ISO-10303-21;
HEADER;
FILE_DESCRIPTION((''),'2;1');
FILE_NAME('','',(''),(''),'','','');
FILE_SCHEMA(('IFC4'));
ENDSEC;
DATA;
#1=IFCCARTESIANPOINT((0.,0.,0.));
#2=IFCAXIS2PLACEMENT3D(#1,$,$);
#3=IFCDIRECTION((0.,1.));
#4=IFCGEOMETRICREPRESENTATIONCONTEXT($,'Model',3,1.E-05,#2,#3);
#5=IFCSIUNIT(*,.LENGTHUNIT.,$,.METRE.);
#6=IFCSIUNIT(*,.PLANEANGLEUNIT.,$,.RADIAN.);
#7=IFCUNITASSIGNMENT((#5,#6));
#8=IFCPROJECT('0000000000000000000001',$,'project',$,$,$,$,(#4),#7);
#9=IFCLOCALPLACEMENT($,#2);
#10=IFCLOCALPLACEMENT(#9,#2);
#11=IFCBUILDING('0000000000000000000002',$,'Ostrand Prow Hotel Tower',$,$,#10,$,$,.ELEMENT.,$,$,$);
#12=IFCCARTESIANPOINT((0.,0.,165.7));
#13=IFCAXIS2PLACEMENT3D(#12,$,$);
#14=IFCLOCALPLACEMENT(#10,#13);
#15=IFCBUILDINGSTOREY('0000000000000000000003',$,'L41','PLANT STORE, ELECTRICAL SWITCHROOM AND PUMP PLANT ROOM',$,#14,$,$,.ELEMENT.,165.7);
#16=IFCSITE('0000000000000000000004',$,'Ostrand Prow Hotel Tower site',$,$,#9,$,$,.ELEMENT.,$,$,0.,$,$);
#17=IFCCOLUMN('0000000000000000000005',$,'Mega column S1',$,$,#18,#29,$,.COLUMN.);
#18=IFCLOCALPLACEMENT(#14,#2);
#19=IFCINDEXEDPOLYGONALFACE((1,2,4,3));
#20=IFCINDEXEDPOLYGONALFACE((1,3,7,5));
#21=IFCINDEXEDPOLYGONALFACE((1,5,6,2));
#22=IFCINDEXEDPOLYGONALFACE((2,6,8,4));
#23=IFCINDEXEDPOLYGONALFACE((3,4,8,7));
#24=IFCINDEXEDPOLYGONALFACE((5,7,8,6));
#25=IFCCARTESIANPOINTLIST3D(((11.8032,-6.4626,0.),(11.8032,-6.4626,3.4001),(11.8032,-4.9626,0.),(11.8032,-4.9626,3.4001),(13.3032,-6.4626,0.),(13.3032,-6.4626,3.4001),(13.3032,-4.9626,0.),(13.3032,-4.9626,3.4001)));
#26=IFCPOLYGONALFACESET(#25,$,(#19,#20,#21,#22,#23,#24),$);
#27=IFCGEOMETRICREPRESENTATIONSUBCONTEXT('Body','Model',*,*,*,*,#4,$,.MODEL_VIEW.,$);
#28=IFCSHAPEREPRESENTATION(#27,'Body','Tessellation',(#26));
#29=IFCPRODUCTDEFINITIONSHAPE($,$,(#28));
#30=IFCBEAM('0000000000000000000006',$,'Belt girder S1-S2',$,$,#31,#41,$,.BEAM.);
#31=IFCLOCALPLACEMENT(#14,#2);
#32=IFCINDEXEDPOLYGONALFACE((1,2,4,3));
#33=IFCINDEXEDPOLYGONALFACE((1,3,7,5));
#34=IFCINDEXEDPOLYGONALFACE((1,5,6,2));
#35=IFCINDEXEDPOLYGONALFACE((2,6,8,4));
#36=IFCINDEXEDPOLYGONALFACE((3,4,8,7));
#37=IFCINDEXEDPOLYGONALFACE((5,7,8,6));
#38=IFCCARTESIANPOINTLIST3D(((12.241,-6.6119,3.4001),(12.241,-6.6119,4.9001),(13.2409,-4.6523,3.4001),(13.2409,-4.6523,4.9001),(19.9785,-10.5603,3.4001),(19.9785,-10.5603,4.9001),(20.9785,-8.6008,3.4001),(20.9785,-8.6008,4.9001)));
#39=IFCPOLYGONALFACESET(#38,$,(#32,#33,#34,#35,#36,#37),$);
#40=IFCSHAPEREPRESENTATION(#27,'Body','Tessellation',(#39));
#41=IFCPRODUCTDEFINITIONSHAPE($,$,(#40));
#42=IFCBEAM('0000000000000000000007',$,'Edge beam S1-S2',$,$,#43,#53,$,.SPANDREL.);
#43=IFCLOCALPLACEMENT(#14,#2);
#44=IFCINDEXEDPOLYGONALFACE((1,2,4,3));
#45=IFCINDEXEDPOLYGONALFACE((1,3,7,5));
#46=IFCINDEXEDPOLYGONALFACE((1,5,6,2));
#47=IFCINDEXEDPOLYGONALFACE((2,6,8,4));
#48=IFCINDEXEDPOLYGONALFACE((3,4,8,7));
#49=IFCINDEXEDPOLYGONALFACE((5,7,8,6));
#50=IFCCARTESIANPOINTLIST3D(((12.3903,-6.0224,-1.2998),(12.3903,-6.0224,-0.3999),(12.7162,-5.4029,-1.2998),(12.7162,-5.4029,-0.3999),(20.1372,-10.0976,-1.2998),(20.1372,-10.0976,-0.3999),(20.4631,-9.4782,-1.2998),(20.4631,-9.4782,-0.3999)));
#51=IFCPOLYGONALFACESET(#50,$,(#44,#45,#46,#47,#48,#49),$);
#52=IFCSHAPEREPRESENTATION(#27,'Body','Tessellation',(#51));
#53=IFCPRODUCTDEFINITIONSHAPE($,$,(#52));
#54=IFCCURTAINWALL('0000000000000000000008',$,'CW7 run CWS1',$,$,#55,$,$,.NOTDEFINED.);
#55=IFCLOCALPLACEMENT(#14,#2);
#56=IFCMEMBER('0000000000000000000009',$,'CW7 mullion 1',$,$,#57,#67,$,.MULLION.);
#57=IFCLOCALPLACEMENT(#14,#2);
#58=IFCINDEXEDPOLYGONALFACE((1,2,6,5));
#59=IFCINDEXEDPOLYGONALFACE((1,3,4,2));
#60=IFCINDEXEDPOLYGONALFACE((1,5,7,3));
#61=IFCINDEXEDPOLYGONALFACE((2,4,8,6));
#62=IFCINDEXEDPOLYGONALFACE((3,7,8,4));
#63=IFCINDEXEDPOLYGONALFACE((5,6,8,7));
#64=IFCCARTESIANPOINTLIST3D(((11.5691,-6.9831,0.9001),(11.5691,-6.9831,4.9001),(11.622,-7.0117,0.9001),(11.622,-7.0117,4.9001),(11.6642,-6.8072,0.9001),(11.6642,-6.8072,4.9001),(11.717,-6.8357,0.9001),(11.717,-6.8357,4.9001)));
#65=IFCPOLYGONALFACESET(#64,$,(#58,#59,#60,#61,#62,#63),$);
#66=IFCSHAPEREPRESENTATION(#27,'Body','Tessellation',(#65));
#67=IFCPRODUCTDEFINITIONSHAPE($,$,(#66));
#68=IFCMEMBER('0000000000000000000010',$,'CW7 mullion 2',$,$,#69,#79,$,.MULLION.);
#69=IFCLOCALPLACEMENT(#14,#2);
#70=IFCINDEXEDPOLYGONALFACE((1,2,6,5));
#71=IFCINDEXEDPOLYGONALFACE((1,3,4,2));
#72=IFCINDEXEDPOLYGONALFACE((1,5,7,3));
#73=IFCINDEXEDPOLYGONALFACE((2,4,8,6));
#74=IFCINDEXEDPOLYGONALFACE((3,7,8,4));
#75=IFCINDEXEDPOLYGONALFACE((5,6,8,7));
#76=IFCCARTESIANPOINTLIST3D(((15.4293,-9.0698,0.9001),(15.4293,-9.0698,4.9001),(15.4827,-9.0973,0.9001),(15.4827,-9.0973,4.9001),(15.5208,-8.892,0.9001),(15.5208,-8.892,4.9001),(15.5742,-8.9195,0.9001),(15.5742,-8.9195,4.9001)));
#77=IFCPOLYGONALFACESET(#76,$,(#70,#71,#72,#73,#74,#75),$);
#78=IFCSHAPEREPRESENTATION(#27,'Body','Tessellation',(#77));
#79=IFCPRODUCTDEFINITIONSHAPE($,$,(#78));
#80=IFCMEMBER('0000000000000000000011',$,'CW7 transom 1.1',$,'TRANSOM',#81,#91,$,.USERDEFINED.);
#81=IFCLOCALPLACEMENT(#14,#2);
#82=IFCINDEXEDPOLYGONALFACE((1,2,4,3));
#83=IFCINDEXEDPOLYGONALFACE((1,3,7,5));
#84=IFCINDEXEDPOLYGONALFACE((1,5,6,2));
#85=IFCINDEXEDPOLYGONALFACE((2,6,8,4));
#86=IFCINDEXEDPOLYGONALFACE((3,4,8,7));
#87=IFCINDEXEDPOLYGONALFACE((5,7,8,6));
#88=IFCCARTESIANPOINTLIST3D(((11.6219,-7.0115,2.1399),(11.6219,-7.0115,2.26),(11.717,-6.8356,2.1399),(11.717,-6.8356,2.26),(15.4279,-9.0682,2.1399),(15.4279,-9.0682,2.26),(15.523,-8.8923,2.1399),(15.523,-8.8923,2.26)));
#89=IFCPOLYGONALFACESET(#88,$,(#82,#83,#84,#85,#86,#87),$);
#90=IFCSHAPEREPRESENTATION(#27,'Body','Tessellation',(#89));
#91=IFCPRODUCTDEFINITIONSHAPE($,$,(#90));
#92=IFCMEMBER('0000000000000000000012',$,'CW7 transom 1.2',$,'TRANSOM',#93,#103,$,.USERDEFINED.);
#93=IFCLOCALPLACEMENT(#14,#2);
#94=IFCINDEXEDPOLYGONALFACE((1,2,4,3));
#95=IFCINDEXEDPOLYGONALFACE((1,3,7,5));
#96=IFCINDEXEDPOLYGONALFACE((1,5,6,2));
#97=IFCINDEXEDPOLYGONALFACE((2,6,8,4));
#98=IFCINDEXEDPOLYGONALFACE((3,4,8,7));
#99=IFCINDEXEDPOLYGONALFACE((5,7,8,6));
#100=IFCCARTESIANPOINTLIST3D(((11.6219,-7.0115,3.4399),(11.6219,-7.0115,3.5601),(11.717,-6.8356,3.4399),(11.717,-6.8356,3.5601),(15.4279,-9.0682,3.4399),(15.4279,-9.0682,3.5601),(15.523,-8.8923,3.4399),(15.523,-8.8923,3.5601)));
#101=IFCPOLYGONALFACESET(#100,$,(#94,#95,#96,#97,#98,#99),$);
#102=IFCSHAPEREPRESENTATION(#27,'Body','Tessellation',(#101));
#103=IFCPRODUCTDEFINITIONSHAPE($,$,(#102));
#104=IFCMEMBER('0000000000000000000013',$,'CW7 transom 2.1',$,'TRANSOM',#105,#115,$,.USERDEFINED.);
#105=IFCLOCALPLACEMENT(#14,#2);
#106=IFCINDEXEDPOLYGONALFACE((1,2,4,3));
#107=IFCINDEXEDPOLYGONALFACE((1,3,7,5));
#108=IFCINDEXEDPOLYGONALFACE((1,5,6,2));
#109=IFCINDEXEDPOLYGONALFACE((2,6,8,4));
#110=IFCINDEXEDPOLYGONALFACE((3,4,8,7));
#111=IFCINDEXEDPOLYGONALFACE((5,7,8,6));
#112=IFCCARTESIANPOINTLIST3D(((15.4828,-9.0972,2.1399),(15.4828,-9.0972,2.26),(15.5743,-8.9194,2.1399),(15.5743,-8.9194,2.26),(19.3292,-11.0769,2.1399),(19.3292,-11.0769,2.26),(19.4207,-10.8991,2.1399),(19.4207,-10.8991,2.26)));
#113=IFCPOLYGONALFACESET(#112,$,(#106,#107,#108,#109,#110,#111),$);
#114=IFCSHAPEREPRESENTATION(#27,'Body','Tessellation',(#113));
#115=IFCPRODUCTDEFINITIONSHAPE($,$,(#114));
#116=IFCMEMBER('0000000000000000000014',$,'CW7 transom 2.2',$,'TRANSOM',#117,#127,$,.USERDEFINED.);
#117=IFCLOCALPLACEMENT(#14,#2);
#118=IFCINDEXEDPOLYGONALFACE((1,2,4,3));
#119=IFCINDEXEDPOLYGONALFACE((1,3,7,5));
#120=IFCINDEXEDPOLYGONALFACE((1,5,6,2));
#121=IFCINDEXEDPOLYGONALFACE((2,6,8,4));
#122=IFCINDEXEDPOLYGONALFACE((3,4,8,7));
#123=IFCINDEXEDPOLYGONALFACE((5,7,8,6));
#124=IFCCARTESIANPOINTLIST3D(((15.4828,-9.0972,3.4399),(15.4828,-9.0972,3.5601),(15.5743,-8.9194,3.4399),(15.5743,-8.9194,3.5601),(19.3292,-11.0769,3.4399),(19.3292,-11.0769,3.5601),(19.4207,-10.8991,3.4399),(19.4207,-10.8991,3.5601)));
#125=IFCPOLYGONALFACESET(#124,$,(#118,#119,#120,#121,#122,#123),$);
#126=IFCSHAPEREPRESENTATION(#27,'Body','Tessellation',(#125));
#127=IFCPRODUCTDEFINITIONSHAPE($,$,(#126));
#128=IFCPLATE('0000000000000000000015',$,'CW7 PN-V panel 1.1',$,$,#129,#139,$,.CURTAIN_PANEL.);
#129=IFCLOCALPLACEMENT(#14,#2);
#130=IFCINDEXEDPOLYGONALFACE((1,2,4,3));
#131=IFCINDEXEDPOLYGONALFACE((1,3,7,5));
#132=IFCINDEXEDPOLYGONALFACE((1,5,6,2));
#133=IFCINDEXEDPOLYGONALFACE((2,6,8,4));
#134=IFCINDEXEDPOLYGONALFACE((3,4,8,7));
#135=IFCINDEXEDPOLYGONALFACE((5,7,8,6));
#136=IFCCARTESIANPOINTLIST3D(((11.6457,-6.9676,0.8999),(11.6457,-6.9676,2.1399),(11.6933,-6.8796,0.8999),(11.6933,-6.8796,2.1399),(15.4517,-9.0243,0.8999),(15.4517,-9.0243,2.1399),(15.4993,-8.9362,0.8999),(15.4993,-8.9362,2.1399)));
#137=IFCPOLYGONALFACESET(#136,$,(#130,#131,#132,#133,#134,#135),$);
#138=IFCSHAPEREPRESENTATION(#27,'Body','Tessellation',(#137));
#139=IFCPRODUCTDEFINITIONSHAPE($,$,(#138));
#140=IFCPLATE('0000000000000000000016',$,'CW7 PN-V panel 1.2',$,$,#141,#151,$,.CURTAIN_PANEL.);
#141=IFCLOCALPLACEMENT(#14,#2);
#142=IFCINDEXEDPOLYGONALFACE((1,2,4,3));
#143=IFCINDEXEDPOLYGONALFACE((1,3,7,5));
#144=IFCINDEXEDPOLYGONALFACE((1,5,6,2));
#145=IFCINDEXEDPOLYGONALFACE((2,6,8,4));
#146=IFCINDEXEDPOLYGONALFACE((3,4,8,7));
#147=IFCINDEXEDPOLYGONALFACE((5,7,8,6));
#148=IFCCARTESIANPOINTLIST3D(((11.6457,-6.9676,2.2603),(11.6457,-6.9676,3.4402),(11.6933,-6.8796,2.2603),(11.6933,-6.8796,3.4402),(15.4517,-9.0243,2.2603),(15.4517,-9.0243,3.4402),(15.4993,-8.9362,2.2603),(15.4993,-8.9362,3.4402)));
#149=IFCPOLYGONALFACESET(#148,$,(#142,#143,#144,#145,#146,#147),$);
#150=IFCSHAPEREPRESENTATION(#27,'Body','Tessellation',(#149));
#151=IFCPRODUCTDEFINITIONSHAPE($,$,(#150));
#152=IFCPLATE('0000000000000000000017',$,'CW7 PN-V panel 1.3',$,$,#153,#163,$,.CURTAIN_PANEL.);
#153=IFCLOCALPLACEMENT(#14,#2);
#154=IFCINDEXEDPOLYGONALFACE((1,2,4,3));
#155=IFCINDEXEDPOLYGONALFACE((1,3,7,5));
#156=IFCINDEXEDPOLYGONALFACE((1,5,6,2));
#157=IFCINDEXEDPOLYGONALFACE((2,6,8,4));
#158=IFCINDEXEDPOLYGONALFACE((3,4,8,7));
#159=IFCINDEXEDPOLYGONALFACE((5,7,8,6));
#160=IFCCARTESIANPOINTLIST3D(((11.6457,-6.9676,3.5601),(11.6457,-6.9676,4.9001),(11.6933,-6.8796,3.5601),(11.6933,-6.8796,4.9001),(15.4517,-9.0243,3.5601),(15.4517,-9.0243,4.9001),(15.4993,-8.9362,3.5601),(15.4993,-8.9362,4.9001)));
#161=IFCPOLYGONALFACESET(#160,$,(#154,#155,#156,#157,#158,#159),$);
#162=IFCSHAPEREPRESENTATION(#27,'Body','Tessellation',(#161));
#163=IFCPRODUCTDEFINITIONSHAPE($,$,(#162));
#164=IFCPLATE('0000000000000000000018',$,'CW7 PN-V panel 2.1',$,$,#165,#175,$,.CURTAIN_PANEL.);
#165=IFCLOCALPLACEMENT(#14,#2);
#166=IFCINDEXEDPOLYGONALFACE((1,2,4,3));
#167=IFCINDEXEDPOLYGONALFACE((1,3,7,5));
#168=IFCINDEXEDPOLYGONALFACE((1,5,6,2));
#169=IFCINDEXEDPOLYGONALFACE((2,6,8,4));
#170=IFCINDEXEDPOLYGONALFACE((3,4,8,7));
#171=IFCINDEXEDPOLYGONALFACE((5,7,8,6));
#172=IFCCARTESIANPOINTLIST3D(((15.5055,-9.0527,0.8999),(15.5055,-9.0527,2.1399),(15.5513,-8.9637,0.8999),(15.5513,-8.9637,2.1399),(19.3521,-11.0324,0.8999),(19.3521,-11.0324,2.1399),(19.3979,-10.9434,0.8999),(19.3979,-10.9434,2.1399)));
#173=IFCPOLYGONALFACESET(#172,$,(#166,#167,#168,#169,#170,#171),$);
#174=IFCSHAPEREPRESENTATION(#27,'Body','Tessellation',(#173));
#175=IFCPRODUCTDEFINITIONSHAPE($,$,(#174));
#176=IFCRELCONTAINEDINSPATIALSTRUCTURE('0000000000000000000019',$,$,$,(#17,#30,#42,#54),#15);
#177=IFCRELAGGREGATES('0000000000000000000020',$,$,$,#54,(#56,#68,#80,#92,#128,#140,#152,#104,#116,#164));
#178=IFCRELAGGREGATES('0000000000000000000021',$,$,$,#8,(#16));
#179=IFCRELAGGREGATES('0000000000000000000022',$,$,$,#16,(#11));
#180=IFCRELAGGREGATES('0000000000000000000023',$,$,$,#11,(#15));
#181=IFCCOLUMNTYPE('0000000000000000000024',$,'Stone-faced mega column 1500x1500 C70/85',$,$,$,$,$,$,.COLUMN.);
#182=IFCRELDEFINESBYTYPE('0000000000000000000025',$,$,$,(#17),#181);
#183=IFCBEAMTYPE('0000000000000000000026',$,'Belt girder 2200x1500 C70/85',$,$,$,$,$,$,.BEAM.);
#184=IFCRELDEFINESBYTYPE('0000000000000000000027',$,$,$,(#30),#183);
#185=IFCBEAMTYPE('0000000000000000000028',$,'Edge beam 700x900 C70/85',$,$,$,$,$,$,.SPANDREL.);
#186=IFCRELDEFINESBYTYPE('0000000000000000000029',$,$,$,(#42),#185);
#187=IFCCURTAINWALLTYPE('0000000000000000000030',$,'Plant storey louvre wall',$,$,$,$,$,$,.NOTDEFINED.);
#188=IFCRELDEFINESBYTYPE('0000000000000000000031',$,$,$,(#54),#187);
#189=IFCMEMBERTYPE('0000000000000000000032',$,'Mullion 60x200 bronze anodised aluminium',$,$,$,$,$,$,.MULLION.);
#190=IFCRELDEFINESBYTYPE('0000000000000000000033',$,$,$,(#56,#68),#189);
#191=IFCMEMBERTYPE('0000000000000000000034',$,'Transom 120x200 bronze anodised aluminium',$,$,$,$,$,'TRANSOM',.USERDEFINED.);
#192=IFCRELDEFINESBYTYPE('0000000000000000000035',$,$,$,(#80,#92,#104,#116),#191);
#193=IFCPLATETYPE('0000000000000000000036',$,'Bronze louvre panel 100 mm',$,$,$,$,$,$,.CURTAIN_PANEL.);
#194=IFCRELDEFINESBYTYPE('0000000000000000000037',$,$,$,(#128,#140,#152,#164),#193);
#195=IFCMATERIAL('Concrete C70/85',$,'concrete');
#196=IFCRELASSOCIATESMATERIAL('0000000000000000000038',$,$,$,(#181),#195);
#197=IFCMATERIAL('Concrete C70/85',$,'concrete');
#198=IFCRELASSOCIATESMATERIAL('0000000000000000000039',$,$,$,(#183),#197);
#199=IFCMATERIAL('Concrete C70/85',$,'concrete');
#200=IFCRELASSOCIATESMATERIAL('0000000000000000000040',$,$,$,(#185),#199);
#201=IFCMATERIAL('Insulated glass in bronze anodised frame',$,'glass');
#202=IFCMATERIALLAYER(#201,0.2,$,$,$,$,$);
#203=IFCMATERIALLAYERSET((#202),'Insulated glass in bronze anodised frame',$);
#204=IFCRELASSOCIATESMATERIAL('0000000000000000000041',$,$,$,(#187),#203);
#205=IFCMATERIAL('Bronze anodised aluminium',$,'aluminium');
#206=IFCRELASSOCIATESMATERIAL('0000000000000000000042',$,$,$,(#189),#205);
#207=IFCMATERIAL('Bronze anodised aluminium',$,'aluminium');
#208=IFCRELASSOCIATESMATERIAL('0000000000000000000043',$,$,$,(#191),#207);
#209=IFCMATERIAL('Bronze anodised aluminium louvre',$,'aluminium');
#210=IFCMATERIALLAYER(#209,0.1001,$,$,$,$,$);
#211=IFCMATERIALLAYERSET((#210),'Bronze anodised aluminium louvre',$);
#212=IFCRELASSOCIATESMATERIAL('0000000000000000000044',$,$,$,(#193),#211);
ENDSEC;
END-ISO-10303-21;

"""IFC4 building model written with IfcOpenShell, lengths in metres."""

from ifc_helpers import new_model, si_unit, direction, frame, origin, origin_2d, place, context, subcontext, project, spatial, rectangle, extrude, material, layer, layer_set, material_profile, profile_set, type_object, element, aggregate, save


model = new_model("IFC4")

# Units and contexts
model_context = context("Model", 3, precision=1e-05, world=origin(), true_north=direction((0.0, 1.0)))
body_context = subcontext(model_context, "Body", "Model", "MODEL_VIEW")
ifc_project = project(units=[si_unit("LENGTHUNIT", "METRE"), si_unit("PLANEANGLEUNIT", "RADIAN")], contexts=[model_context])

# Site, building, storey
site_placement = place(None, origin())
site = spatial("IfcSite", under=ifc_project, at=site_placement, Name="Ostrand Prow Hotel Tower site", CompositionType="ELEMENT", RefElevation=0.0)
building_placement = place(site_placement, origin())
building = spatial("IfcBuilding", under=site, at=building_placement, Name="Ostrand Prow Hotel Tower", CompositionType="ELEMENT")
storey_placement = place(building_placement, frame((0.0, 0.0, 165.7)))
storey = spatial("IfcBuildingStorey", under=building, at=storey_placement, Name="L41", Description="PLANT STORE, ELECTRICAL SWITCHROOM AND PUMP PLANT ROOM", CompositionType="ELEMENT", Elevation=165.7)

# Column
ifc_material_1 = material(Name="Concrete C70/85", Category="concrete")
ifc_material_profile_1 = material_profile(ifc_material_1, rectangle(XDim=1.5, YDim=1.5, at=origin_2d()), Name="RC 1500x1500")
ifc_profile_set_1 = profile_set([ifc_material_profile_1], Name="Concrete C70/85")
column_type = type_object("IfcColumnType", Name="Stone-faced mega column 1500x1500 C70/85", PredefinedType="COLUMN", material=ifc_profile_set_1)
column_placement = place(storey_placement, frame((12.5532, -5.7126, 0.0), z_axis=(0.0, 0.0, 1.0), x_axis=(1.0, 0.0, 0.0)))
element("IfcColumn", 1, at=column_placement, inside=storey, type_object=column_type, Name="Mega column S1", PredefinedType="COLUMN", context=body_context, shape_type="SweptSolid", body=[
    extrude(rectangle(XDim=1.5, YDim=1.5, at=origin_2d()), origin(), (0.0, 0.0, 1.0), 3.4001),
])

# Beams
ifc_material_2 = material(Name="Concrete C70/85", Category="concrete")
ifc_material_profile_2 = material_profile(ifc_material_2, rectangle(XDim=2.2, YDim=1.5, at=origin_2d()), Name="RC 2200x1500")
ifc_profile_set_2 = profile_set([ifc_material_profile_2], Name="Concrete C70/85")
beam_type_1 = type_object("IfcBeamType", Name="Belt girder 2200x1500 C70/85", PredefinedType="BEAM", material=ifc_profile_set_2)
beam_1_placement = place(storey_placement, frame((12.741, -5.6321, 4.1501), z_axis=(0.890727, -0.45454, 0.0), x_axis=(0.45454, 0.890727, 0.0)))
element("IfcBeam", 2, at=beam_1_placement, inside=storey, type_object=beam_type_1, Name="Belt girder S1-S2", PredefinedType="BEAM", context=body_context, shape_type="SweptSolid", body=[
    extrude(rectangle(XDim=2.2, YDim=1.5, at=origin_2d()), origin(), (0.0, 0.0, 1.0), 8.6868),
])
ifc_material_3 = material(Name="Concrete C70/85", Category="concrete")
ifc_material_profile_3 = material_profile(ifc_material_3, rectangle(XDim=0.7, YDim=0.8999, at=origin_2d()), Name="RC 700x900")
ifc_profile_set_3 = profile_set([ifc_material_profile_3], Name="Concrete C70/85")
beam_type_2 = type_object("IfcBeamType", Name="Edge beam 700x900 C70/85", PredefinedType="SPANDREL", material=ifc_profile_set_3)
beam_2_placement = place(storey_placement, frame((12.5532, -5.7126, -0.8499), z_axis=(0.885016, -0.46556, 0.0), x_axis=(0.46556, 0.885016, 0.0)))
element("IfcBeam", 3, at=beam_2_placement, inside=storey, type_object=beam_type_2, Name="Edge beam S1-S2", PredefinedType="SPANDREL", context=body_context, shape_type="SweptSolid", body=[
    extrude(rectangle(XDim=0.7, YDim=0.8999, at=origin_2d()), origin(), (0.0, 0.0, 1.0), 8.7534),
])

# Curtain wall, members, plates
ifc_material_4 = material(Name="Insulated glass in bronze anodised frame", Category="glass")
ifc_layer_1 = layer(ifc_material_4, 0.2)
ifc_layer_set_1 = layer_set([ifc_layer_1], Name="Insulated glass in bronze anodised frame")
curtain_wall_type = type_object("IfcCurtainWallType", Name="Plant storey louvre wall", PredefinedType="NOTDEFINED", material=ifc_layer_set_1)
curtain_wall_placement = place(storey_placement, origin())
curtain_wall = element("IfcCurtainWall", 4, at=curtain_wall_placement, inside=storey, type_object=curtain_wall_type, Name="CW7 run CWS1", PredefinedType="NOTDEFINED")
ifc_material_5 = material(Name="Bronze anodised aluminium", Category="aluminium")
ifc_material_profile_4 = material_profile(ifc_material_5, rectangle(XDim=0.2, YDim=0.0601, at=origin_2d()), Name="Mullion 60x200 bronze anodised aluminium")
ifc_profile_set_4 = profile_set([ifc_material_profile_4], Name="Bronze anodised aluminium")
member_type_1 = type_object("IfcMemberType", Name="Mullion 60x200 bronze anodised aluminium", PredefinedType="MULLION", material=ifc_profile_set_4)
member_1_placement = place(storey_placement, frame((11.6431, -6.9094, 0.9001), z_axis=(0.0, 0.0, 1.0), x_axis=(0.475394, 0.879773, 0.0)))
member_1 = element("IfcMember", 5, at=member_1_placement, type_object=member_type_1, Name="CW7 mullion 1", PredefinedType="MULLION", context=body_context, shape_type="SweptSolid", body=[
    extrude(rectangle(XDim=0.2, YDim=0.0601, at=origin_2d()), origin(), (0.0, 0.0, 1.0), 4.0),
])
member_2_placement = place(storey_placement, frame((15.5017, -8.9946, 0.9001), z_axis=(0.0, 0.0, 1.0), x_axis=(0.457619, 0.889148, 0.0)))
member_2 = element("IfcMember", 6, at=member_2_placement, type_object=member_type_1, Name="CW7 mullion 2", PredefinedType="MULLION", context=body_context, shape_type="SweptSolid", body=[
    extrude(rectangle(XDim=0.2, YDim=0.0601, at=origin_2d()), origin(), (0.0, 0.0, 1.0), 4.0),
])
ifc_material_6 = material(Name="Bronze anodised aluminium", Category="aluminium")
ifc_material_profile_5 = material_profile(ifc_material_6, rectangle(XDim=0.2, YDim=0.1201, at=origin_2d()), Name="Transom 120x200 bronze anodised aluminium")
ifc_profile_set_5 = profile_set([ifc_material_profile_5], Name="Bronze anodised aluminium")
member_type_2 = type_object("IfcMemberType", Name="Transom 120x200 bronze anodised aluminium", ElementType="TRANSOM", PredefinedType="USERDEFINED", material=ifc_profile_set_5)
member_3_placement = place(storey_placement, frame((11.6694, -6.9236, 2.2), z_axis=(0.879765, -0.475408, 0.0), x_axis=(0.475408, 0.879765, 0.0)))
member_3 = element("IfcMember", 7, at=member_3_placement, type_object=member_type_2, Name="CW7 transom 1.1", ObjectType="TRANSOM", PredefinedType="USERDEFINED", context=body_context, shape_type="SweptSolid", body=[
    extrude(rectangle(XDim=0.2, YDim=0.1201, at=origin_2d()), origin(), (0.0, 0.0, 1.0), 4.3262),
])
member_4_placement = place(storey_placement, frame((11.6694, -6.9236, 3.5), z_axis=(0.879765, -0.475408, 0.0), x_axis=(0.475408, 0.879765, 0.0)))
member_4 = element("IfcMember", 8, at=member_4_placement, type_object=member_type_2, Name="CW7 transom 1.2", ObjectType="TRANSOM", PredefinedType="USERDEFINED", context=body_context, shape_type="SweptSolid", body=[
    extrude(rectangle(XDim=0.2, YDim=0.1201, at=origin_2d()), origin(), (0.0, 0.0, 1.0), 4.3262),
])
member_5_placement = place(storey_placement, frame((15.5286, -9.0083, 2.2), z_axis=(0.88914, -0.457635, 0.0), x_axis=(0.457635, 0.88914, 0.0)))
member_5 = element("IfcMember", 9, at=member_5_placement, type_object=member_type_2, Name="CW7 transom 2.1", ObjectType="TRANSOM", PredefinedType="USERDEFINED", context=body_context, shape_type="SweptSolid", body=[
    extrude(rectangle(XDim=0.2, YDim=0.1201, at=origin_2d()), origin(), (0.0, 0.0, 1.0), 4.3259),
])
member_6_placement = place(storey_placement, frame((15.5286, -9.0083, 3.5), z_axis=(0.88914, -0.457635, 0.0), x_axis=(0.457635, 0.88914, 0.0)))
member_6 = element("IfcMember", 10, at=member_6_placement, type_object=member_type_2, Name="CW7 transom 2.2", ObjectType="TRANSOM", PredefinedType="USERDEFINED", context=body_context, shape_type="SweptSolid", body=[
    extrude(rectangle(XDim=0.2, YDim=0.1201, at=origin_2d()), origin(), (0.0, 0.0, 1.0), 4.3259),
])
ifc_material_7 = material(Name="Bronze anodised aluminium louvre", Category="aluminium")
ifc_layer_2 = layer(ifc_material_7, 0.1001)
ifc_layer_set_2 = layer_set([ifc_layer_2], Name="Bronze anodised aluminium louvre")
plate_type = type_object("IfcPlateType", Name="Bronze louvre panel 100 mm", PredefinedType="CURTAIN_PANEL", material=ifc_layer_set_2)
plate_1_placement = place(storey_placement, frame((13.5725, -7.9519, 0.8999), z_axis=(0.0, 0.0, 1.0), x_axis=(0.879773, -0.475394, 0.0)))
plate_1 = element("IfcPlate", 11, at=plate_1_placement, type_object=plate_type, Name="CW7 PN-V panel 1.1", PredefinedType="CURTAIN_PANEL", context=body_context, shape_type="SweptSolid", body=[
    extrude(rectangle(XDim=4.3262, YDim=0.1001, at=origin_2d()), origin(), (0.0, 0.0, 1.0), 1.24),
])
plate_2_placement = place(storey_placement, frame((13.5725, -7.9519, 2.2603), z_axis=(0.0, 0.0, 1.0), x_axis=(0.879773, -0.475394, 0.0)))
plate_2 = element("IfcPlate", 12, at=plate_2_placement, type_object=plate_type, Name="CW7 PN-V panel 1.2", PredefinedType="CURTAIN_PANEL", context=body_context, shape_type="SweptSolid", body=[
    extrude(rectangle(XDim=4.3262, YDim=0.1001, at=origin_2d()), origin(), (0.0, 0.0, 1.0), 1.1799),
])
plate_3_placement = place(storey_placement, frame((13.5725, -7.9519, 3.5601), z_axis=(0.0, 0.0, 1.0), x_axis=(0.879773, -0.475394, 0.0)))
plate_3 = element("IfcPlate", 13, at=plate_3_placement, type_object=plate_type, Name="CW7 PN-V panel 1.3", PredefinedType="CURTAIN_PANEL", context=body_context, shape_type="SweptSolid", body=[
    extrude(rectangle(XDim=4.3262, YDim=0.1001, at=origin_2d()), origin(), (0.0, 0.0, 1.0), 1.3401),
])
plate_4_placement = place(storey_placement, frame((17.4517, -9.998, 0.8999), z_axis=(0.0, 0.0, 1.0), x_axis=(0.889148, -0.457619, 0.0)))
plate_4 = element("IfcPlate", 14, at=plate_4_placement, type_object=plate_type, Name="CW7 PN-V panel 2.1", PredefinedType="CURTAIN_PANEL", context=body_context, shape_type="SweptSolid", body=[
    extrude(rectangle(XDim=4.3262, YDim=0.1001, at=origin_2d()), origin(), (0.0, 0.0, 1.0), 1.24),
])
aggregate(curtain_wall, [member_1, member_2, member_3, member_4, plate_1, plate_2, plate_3, member_5, member_6, plate_4])

save(model, "model.ifc")
